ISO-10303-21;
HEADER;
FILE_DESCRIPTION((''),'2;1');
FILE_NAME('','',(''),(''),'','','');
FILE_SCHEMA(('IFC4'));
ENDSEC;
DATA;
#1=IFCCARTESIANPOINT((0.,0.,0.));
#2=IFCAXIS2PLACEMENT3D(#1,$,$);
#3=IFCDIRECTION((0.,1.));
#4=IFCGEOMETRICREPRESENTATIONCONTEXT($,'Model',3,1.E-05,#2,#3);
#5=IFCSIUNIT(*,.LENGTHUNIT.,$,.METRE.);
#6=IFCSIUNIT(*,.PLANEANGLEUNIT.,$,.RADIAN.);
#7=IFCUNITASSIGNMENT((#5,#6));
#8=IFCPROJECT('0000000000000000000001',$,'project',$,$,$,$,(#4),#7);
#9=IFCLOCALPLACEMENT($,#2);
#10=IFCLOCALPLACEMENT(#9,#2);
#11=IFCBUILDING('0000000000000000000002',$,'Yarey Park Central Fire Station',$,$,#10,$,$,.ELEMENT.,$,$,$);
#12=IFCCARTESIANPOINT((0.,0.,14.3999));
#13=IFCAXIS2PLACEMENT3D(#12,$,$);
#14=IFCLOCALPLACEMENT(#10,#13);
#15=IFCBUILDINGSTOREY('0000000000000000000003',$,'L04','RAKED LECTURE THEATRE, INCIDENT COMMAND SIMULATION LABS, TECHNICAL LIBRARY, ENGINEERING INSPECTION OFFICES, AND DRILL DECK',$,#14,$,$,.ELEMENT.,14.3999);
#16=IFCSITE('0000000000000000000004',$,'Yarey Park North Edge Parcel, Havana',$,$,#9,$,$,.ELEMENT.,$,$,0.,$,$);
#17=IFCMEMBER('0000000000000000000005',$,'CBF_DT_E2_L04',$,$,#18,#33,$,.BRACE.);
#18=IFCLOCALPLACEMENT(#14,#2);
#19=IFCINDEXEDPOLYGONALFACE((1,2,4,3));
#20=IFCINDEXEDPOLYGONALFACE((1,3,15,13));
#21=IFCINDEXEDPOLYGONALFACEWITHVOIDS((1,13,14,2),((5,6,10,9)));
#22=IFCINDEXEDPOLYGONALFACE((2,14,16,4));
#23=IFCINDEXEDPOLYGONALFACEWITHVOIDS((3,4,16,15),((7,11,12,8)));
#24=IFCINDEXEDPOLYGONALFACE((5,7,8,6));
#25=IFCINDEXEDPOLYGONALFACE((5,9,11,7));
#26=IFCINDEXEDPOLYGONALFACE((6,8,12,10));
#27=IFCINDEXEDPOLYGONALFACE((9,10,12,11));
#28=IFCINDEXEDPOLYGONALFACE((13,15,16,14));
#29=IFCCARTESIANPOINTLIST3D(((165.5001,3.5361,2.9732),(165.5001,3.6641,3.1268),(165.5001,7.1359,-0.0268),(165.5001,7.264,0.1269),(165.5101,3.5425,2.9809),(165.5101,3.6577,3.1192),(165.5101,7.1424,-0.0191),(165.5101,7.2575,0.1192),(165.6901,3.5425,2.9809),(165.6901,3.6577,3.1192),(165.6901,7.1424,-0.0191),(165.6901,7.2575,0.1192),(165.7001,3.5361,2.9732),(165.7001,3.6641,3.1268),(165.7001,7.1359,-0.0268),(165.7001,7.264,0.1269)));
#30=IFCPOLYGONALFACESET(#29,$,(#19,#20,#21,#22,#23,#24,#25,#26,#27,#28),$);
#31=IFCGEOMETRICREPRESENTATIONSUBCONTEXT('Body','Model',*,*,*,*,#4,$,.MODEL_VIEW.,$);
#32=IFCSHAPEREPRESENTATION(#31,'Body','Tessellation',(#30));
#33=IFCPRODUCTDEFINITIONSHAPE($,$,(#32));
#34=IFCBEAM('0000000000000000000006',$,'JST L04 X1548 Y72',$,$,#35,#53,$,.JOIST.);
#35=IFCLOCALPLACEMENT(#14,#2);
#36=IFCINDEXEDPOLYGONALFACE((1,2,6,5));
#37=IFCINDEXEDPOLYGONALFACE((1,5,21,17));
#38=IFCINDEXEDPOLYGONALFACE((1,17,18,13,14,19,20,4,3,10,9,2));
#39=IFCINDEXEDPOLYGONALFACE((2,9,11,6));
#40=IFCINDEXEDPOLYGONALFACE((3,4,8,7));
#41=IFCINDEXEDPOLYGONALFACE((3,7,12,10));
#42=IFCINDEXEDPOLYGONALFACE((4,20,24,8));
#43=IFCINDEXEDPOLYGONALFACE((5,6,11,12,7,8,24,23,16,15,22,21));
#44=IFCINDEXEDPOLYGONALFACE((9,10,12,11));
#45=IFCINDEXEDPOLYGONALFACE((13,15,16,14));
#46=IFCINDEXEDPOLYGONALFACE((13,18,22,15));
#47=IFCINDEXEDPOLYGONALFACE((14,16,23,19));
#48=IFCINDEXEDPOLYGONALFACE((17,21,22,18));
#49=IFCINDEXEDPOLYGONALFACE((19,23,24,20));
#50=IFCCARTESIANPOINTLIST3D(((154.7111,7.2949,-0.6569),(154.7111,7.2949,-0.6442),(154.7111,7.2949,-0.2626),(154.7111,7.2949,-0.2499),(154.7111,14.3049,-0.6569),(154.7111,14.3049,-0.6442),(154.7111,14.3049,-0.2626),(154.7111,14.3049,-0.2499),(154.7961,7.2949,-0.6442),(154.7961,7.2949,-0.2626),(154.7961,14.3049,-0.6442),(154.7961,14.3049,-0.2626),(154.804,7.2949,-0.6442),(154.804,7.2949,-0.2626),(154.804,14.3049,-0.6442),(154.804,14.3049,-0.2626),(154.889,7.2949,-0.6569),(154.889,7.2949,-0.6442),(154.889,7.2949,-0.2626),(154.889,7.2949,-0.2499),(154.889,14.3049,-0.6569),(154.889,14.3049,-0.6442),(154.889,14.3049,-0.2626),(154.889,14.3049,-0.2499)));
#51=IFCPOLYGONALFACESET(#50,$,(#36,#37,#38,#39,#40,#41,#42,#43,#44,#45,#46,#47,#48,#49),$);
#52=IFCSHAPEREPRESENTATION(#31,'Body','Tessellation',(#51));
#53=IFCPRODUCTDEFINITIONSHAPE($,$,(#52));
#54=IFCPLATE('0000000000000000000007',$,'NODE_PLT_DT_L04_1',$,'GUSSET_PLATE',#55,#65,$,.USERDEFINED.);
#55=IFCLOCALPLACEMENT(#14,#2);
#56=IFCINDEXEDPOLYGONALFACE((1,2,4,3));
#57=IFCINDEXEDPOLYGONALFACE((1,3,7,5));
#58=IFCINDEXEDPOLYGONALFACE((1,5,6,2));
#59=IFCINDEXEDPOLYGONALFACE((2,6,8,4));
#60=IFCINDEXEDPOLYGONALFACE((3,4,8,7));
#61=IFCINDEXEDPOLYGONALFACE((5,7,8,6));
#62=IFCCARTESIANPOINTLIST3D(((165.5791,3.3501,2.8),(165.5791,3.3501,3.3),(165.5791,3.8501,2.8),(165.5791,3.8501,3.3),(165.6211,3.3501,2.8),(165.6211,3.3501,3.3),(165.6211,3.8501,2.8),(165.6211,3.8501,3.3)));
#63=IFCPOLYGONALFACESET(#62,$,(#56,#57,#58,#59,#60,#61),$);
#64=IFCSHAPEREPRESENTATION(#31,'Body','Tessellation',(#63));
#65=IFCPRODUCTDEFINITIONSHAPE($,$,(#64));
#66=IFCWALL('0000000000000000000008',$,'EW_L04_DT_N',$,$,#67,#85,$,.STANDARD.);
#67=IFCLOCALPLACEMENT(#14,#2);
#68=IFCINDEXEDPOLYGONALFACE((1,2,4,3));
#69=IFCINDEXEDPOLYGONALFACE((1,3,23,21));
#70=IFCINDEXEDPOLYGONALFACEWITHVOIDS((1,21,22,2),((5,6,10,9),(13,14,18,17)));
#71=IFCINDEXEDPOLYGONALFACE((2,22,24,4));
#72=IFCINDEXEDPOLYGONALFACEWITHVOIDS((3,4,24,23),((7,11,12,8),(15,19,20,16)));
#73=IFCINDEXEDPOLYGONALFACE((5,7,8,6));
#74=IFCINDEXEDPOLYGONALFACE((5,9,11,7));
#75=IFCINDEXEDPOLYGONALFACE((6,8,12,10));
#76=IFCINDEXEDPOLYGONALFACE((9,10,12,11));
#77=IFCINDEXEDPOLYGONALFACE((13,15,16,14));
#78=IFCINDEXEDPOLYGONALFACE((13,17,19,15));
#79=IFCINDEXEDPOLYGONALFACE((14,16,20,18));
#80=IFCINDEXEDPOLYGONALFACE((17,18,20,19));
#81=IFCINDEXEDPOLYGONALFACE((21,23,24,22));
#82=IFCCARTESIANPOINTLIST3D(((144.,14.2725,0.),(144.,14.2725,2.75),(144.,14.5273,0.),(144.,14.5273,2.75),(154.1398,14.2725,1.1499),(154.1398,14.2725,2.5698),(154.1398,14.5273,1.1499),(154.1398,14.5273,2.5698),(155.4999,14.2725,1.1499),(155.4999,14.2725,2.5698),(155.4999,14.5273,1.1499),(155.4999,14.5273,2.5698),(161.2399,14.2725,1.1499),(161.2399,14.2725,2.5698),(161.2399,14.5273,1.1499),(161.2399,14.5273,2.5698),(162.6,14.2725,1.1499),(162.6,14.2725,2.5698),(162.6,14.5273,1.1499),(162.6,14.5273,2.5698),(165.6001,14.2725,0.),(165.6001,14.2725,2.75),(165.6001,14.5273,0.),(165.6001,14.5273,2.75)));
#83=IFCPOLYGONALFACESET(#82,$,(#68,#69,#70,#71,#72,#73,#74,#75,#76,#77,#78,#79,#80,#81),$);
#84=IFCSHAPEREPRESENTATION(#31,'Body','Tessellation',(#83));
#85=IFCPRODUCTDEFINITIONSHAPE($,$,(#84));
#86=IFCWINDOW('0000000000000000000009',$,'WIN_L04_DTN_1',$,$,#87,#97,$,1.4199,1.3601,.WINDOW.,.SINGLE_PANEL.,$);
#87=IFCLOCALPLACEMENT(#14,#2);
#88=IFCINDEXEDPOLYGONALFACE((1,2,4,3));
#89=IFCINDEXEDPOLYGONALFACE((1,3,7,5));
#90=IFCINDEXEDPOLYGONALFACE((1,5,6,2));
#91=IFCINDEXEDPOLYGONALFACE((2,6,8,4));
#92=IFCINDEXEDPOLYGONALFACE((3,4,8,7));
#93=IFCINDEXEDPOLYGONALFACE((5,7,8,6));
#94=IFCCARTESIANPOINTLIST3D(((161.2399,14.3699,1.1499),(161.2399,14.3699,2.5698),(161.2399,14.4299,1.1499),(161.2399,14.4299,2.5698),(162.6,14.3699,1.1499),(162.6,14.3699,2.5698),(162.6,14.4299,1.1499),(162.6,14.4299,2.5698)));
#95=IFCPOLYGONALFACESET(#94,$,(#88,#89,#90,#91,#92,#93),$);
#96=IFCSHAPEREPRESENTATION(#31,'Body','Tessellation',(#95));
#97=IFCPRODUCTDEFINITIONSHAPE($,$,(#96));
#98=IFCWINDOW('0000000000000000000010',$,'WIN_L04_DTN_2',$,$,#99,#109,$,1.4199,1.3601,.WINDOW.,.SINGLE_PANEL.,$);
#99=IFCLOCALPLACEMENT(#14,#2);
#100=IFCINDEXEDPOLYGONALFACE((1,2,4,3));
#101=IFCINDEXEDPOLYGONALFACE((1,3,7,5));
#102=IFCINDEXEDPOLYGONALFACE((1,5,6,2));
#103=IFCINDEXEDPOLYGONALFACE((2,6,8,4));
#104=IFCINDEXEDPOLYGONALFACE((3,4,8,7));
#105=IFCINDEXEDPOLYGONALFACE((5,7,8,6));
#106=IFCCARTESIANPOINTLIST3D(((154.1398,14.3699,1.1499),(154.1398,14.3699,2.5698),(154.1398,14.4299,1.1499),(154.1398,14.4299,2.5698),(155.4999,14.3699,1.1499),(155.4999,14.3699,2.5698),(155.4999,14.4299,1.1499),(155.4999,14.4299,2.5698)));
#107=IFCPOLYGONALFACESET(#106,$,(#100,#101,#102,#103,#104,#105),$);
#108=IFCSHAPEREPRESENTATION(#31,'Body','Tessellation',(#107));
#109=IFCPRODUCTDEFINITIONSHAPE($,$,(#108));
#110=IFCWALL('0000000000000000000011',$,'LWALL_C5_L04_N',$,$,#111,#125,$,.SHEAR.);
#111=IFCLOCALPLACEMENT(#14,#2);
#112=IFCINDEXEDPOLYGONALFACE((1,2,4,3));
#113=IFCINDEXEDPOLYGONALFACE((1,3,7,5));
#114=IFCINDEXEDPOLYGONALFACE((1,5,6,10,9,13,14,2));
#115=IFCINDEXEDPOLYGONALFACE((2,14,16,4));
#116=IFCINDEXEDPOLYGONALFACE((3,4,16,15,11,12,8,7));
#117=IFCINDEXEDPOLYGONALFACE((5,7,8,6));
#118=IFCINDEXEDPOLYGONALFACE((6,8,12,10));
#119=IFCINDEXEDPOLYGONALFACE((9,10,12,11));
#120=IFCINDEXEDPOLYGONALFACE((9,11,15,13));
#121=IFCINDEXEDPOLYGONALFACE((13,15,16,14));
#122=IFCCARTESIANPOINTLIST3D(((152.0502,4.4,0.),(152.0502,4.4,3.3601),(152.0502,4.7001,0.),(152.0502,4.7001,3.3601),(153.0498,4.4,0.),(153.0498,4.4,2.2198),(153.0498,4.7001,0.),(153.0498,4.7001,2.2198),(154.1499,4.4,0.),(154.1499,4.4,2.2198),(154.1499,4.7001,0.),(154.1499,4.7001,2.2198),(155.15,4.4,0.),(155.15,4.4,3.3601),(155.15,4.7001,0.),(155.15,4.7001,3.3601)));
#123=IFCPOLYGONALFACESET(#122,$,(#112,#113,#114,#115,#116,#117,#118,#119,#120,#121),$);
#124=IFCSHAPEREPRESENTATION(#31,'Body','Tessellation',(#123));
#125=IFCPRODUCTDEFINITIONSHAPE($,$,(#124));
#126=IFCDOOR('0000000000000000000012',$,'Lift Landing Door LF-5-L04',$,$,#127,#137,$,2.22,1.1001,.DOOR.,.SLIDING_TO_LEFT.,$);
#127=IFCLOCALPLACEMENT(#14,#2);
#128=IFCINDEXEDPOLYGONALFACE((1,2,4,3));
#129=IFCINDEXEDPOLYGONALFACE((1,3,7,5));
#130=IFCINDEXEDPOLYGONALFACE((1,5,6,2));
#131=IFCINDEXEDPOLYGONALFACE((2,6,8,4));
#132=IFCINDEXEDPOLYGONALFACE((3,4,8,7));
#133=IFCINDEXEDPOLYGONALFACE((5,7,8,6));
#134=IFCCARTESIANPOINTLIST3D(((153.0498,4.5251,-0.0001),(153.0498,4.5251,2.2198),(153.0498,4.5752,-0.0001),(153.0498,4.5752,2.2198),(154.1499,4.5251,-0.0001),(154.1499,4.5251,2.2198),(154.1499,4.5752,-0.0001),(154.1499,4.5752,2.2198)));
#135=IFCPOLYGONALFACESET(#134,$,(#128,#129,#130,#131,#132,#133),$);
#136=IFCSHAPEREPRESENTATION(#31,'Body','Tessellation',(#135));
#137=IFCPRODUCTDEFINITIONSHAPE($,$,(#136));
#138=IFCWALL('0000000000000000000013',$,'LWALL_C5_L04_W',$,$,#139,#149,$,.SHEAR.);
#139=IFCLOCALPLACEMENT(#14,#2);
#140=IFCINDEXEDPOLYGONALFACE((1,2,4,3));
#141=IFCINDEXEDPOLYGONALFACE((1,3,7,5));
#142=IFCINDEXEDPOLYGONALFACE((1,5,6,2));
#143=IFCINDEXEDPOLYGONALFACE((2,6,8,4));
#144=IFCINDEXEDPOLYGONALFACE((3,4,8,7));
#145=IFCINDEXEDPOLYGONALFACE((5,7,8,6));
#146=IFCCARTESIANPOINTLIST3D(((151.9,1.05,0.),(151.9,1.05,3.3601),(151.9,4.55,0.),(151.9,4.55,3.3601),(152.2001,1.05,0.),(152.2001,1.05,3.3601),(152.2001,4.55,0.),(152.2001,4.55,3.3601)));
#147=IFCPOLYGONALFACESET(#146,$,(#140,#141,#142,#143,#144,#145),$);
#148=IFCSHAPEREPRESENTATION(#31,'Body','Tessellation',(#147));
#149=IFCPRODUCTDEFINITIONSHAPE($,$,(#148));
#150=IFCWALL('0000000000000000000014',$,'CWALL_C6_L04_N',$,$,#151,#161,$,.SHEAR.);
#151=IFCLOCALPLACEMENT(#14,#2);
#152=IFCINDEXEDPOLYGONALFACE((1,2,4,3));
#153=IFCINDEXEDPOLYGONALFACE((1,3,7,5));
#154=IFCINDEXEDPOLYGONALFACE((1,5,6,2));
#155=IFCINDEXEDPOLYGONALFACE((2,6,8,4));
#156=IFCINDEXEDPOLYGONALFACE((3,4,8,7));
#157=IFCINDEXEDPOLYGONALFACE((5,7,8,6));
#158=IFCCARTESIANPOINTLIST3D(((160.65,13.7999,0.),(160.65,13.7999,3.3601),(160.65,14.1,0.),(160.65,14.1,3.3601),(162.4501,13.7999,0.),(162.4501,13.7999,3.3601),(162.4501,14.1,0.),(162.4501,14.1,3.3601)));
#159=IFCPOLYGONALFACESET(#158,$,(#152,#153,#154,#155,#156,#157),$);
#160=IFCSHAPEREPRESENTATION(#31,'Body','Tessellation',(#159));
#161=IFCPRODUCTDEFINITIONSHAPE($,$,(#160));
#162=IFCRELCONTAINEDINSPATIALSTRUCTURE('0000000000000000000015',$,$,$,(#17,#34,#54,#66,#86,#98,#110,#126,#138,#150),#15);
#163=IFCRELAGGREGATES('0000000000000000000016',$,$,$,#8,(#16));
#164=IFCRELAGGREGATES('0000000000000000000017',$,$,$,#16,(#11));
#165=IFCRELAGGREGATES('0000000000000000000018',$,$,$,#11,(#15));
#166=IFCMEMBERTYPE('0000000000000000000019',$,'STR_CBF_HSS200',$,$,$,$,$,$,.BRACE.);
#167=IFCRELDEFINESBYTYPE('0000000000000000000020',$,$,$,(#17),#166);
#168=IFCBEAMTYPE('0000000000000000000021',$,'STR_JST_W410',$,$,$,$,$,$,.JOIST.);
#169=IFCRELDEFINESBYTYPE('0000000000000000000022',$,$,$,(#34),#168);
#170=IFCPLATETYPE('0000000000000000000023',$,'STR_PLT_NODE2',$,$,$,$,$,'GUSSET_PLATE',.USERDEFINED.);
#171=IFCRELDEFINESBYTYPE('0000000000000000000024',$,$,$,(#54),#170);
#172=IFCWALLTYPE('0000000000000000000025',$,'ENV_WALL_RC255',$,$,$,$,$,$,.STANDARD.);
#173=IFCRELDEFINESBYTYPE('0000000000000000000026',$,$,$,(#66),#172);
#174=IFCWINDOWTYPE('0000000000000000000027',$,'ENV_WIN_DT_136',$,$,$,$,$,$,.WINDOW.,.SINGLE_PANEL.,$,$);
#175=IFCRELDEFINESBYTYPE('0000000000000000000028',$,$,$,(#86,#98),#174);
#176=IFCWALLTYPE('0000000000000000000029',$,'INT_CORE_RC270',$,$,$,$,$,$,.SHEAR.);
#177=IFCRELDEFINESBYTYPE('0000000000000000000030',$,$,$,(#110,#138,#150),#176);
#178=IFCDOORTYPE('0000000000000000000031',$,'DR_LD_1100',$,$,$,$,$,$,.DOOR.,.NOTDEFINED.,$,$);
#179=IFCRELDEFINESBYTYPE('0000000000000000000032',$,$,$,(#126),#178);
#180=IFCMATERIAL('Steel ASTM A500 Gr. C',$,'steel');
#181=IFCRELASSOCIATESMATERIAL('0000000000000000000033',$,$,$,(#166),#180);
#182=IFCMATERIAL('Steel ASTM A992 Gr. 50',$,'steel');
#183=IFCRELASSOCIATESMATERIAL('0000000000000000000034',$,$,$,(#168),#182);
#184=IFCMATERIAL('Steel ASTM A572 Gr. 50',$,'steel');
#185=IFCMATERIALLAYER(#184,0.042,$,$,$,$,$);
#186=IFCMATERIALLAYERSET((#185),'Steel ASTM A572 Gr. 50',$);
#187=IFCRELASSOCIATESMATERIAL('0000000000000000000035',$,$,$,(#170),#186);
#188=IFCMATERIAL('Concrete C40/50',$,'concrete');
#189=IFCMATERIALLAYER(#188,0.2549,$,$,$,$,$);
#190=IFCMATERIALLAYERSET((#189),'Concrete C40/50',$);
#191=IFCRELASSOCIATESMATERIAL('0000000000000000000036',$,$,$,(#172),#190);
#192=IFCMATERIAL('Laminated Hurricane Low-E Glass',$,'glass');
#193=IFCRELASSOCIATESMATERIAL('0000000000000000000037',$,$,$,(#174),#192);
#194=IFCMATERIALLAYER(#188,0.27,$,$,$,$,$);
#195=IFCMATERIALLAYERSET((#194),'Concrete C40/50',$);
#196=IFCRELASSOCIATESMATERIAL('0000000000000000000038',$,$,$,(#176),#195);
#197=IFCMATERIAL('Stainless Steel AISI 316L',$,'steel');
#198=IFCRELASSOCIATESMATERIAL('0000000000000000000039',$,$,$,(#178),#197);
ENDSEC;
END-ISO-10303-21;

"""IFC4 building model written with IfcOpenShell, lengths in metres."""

from ifc_helpers import new_model, si_unit, direction, frame, frame_2d, origin, origin_2d, place, context, subcontext, project, spatial, rectangle, hollow_rectangle, i_section, extrude, material, layer, layer_set, material_profile, profile_set, type_object, element, fill, save


model = new_model("IFC4")

# Units and contexts
model_context = context("Model", 3, precision=1e-05, world=origin(), true_north=direction((0.0, 1.0)))
body_context = subcontext(model_context, "Body", "Model", "MODEL_VIEW")
ifc_project = project(units=[si_unit("LENGTHUNIT", "METRE"), si_unit("PLANEANGLEUNIT", "RADIAN")], contexts=[model_context])

# Site, building, storey
site_placement = place(None, origin())
site = spatial("IfcSite", under=ifc_project, at=site_placement, Name="Yarey Park North Edge Parcel, Havana", CompositionType="ELEMENT", RefElevation=0.0)
building_placement = place(site_placement, origin())
building = spatial("IfcBuilding", under=site, at=building_placement, Name="Yarey Park Central Fire Station", CompositionType="ELEMENT")
storey_placement = place(building_placement, frame((0.0, 0.0, 14.3999)))
storey = spatial("IfcBuildingStorey", under=building, at=storey_placement, Name="L04", Description="RAKED LECTURE THEATRE, INCIDENT COMMAND SIMULATION LABS, TECHNICAL LIBRARY, ENGINEERING INSPECTION OFFICES, AND DRILL DECK", CompositionType="ELEMENT", Elevation=14.3999)

# Shared definitions
ifc_material_1 = material(Name="Steel ASTM A992 Gr. 50", Category="steel")

# Member
ifc_material_2 = material(Name="Steel ASTM A500 Gr. C", Category="steel")
ifc_material_profile_1 = material_profile(ifc_material_2, hollow_rectangle(XDim=0.2, YDim=0.2, WallThickness=0.01, at=origin_2d()), Name="HSS 200x200x10")
ifc_profile_set_1 = profile_set([ifc_material_profile_1], Name="Steel ASTM A500 Gr. C")
member_type = type_object("IfcMemberType", Name="STR_CBF_HSS200", PredefinedType="BRACE", material=ifc_profile_set_1)
member_placement = place(storey_placement, frame((165.6001, 7.2, 0.05), z_axis=(0.0, -0.768208, 0.6402), x_axis=(1.0, 0.0, 0.0)))
element("IfcMember", 1, at=member_placement, inside=storey, type_object=member_type, Name="CBF_DT_E2_L04", PredefinedType="BRACE", context=body_context, shape_type="SweptSolid", body=[
    extrude(hollow_rectangle(XDim=0.2, YDim=0.2, WallThickness=0.01, at=origin_2d()), origin(), (0.0, 0.0, 1.0), 4.686),
])

# Beam
ifc_material_profile_2 = material_profile(ifc_material_1, i_section(OverallWidth=0.178, OverallDepth=0.407, WebThickness=0.0078, FlangeThickness=0.0127, at=origin_2d()), Name="W410x60")
ifc_profile_set_2 = profile_set([ifc_material_profile_2], Name="Steel ASTM A992 Gr. 50")
beam_type_1 = type_object("IfcBeamType", Name="STR_JST_W410", PredefinedType="JOIST", material=ifc_profile_set_2)
beam_1_placement = place(storey_placement, frame((154.8, 7.2949, -0.4534), z_axis=(0.0, 1.0, 0.0), x_axis=(-1.0, 0.0, 0.0)))
element("IfcBeam", 2, at=beam_1_placement, inside=storey, type_object=beam_type_1, Name="JST L04 X1548 Y72", PredefinedType="JOIST", context=body_context, shape_type="SweptSolid", body=[
    extrude(i_section(OverallWidth=0.178, OverallDepth=0.407, WebThickness=0.0078, FlangeThickness=0.0127, at=origin_2d()), origin(), (0.0, 0.0, 1.0), 7.01),
])

# Plate
ifc_material_3 = material(Name="Steel ASTM A572 Gr. 50", Category="steel")
ifc_layer_1 = layer(ifc_material_3, 0.042)
ifc_layer_set_1 = layer_set([ifc_layer_1], Name="Steel ASTM A572 Gr. 50")
plate_type = type_object("IfcPlateType", Name="STR_PLT_NODE2", ElementType="GUSSET_PLATE", PredefinedType="USERDEFINED", material=ifc_layer_set_1)
plate_placement = place(storey_placement, frame((165.6001, 3.6001, 2.8), z_axis=(0.0, 0.0, 1.0), x_axis=(1.0, 0.0, 0.0)))
element("IfcPlate", 3, at=plate_placement, inside=storey, type_object=plate_type, Name="NODE_PLT_DT_L04_1", ObjectType="GUSSET_PLATE", PredefinedType="USERDEFINED", context=body_context, shape_type="SweptSolid", body=[
    extrude(rectangle(XDim=0.042, YDim=0.5, at=origin_2d()), origin(), (0.0, 0.0, 1.0), 0.5),
])

# Wall, openings, windows
ifc_material_4 = material(Name="Concrete C40/50", Category="concrete")
ifc_layer_2 = layer(ifc_material_4, 0.2549)
ifc_layer_set_2 = layer_set([ifc_layer_2], Name="Concrete C40/50")
wall_type_1 = type_object("IfcWallType", Name="ENV_WALL_RC255", PredefinedType="STANDARD", material=ifc_layer_set_2)
wall_1_placement = place(storey_placement, frame((165.6001, 14.3999, 0.0), z_axis=(0.0, 0.0, 1.0), x_axis=(-1.0, 0.0, 0.0)))
wall_1 = element("IfcWall", 4, at=wall_1_placement, inside=storey, type_object=wall_type_1, Name="EW_L04_DT_N", PredefinedType="STANDARD", context=body_context, shape_type="SweptSolid", body=[
    extrude(rectangle(XDim=21.6001, YDim=0.2549, at=frame_2d((10.8, 0.0))), origin(), (0.0, 0.0, 1.0), 2.75),
])
opening_1_placement = place(wall_1_placement, frame((3.0, 0.0, 1.1499)))
opening_1 = element("IfcOpeningElement", 5, at=opening_1_placement, cuts=wall_1, PredefinedType="OPENING", context=body_context, shape_type="SweptSolid", body=[
    extrude(rectangle(XDim=1.3601, YDim=1.4199, at=frame_2d((0.6802, 0.71))), frame((0.0, 0.1375, 0.0), z_axis=(0.0, -1.0, 0.0), x_axis=(1.0, 0.0, 0.0)), (0.0, 0.0, 1.0), 0.2749),
])
opening_2_placement = place(wall_1_placement, frame((10.1001, 0.0, 1.1499)))
opening_2 = element("IfcOpeningElement", 6, at=opening_2_placement, cuts=wall_1, PredefinedType="OPENING", context=body_context, shape_type="SweptSolid", body=[
    extrude(rectangle(XDim=1.3601, YDim=1.4199, at=frame_2d((0.6802, 0.71))), frame((0.0, 0.1375, 0.0), z_axis=(0.0, -1.0, 0.0), x_axis=(1.0, 0.0, 0.0)), (0.0, 0.0, 1.0), 0.2749),
])
ifc_material_5 = material(Name="Laminated Hurricane Low-E Glass", Category="glass")
window_type = type_object("IfcWindowType", Name="ENV_WIN_DT_136", PartitioningType="SINGLE_PANEL", PredefinedType="WINDOW", material=ifc_material_5)
window_1_placement = place(opening_1_placement, origin())
window_1 = element("IfcWindow", 7, at=window_1_placement, inside=storey, type_object=window_type, Name="WIN_L04_DTN_1", OverallHeight=1.4199, OverallWidth=1.3601, PartitioningType="SINGLE_PANEL", PredefinedType="WINDOW", context=body_context, shape_type="SweptSolid", body=[
    extrude(rectangle(XDim=1.3601, YDim=1.4199, at=frame_2d((0.6802, 0.71))), frame((0.0, 0.03, 0.0), z_axis=(0.0, -1.0, 0.0), x_axis=(1.0, 0.0, 0.0)), (0.0, 0.0, 1.0), 0.0601),
])
fill(opening_1, window_1)
window_2_placement = place(opening_2_placement, origin())
window_2 = element("IfcWindow", 8, at=window_2_placement, inside=storey, type_object=window_type, Name="WIN_L04_DTN_2", OverallHeight=1.4199, OverallWidth=1.3601, PartitioningType="SINGLE_PANEL", PredefinedType="WINDOW", context=body_context, shape_type="SweptSolid", body=[
    extrude(rectangle(XDim=1.3601, YDim=1.4199, at=frame_2d((0.6802, 0.71))), frame((0.0, 0.03, 0.0), z_axis=(0.0, -1.0, 0.0), x_axis=(1.0, 0.0, 0.0)), (0.0, 0.0, 1.0), 0.0601),
])
fill(opening_2, window_2)

# Wall, opening, door
ifc_layer_3 = layer(ifc_material_4, 0.27)
ifc_layer_set_3 = layer_set([ifc_layer_3], Name="Concrete C40/50")
wall_type_2 = type_object("IfcWallType", Name="INT_CORE_RC270", PredefinedType="SHEAR", material=ifc_layer_set_3)
wall_2_placement = place(storey_placement, frame((155.1499, 4.55, 0.0), z_axis=(0.0, 0.0, 1.0), x_axis=(-1.0, 0.0, 0.0)))
wall_2 = element("IfcWall", 9, at=wall_2_placement, inside=storey, type_object=wall_type_2, Name="LWALL_C5_L04_N", PredefinedType="SHEAR", context=body_context, shape_type="SweptSolid", body=[
    extrude(rectangle(XDim=3.0999, YDim=0.3, at=frame_2d((1.5498, 0.0))), origin(), (0.0, 0.0, 1.0), 3.3601),
])
opening_3_placement = place(wall_2_placement, frame((1.0, 0.0, 0.0)))
opening_3 = element("IfcOpeningElement", 10, at=opening_3_placement, cuts=wall_2, PredefinedType="OPENING", context=body_context, shape_type="SweptSolid", body=[
    extrude(rectangle(XDim=1.1001, YDim=2.22, at=frame_2d((0.55, 1.1099))), frame((0.0, 0.1599, 0.0), z_axis=(0.0, -1.0, 0.0), x_axis=(1.0, 0.0, 0.0)), (0.0, 0.0, 1.0), 0.3201),
])
ifc_material_6 = material(Name="Stainless Steel AISI 316L", Category="steel")
door_type_1 = type_object("IfcDoorType", Name="DR_LD_1100", OperationType="NOTDEFINED", PredefinedType="DOOR", material=ifc_material_6)
door_1_placement = place(opening_3_placement, origin())
door_1 = element("IfcDoor", 11, at=door_1_placement, inside=storey, type_object=door_type_1, Name="Lift Landing Door LF-5-L04", OperationType="SLIDING_TO_LEFT", OverallHeight=2.22, OverallWidth=1.1001, PredefinedType="DOOR", context=body_context, shape_type="SweptSolid", body=[
    extrude(rectangle(XDim=1.1001, YDim=2.22, at=frame_2d((0.55, 1.1099))), frame((0.0, 0.0249, 0.0), z_axis=(0.0, -1.0, 0.0), x_axis=(1.0, 0.0, 0.0)), (0.0, 0.0, 1.0), 0.05),
])
fill(opening_3, door_1)

# Walls
wall_3_placement = place(storey_placement, frame((152.05, 4.55, 0.0), z_axis=(0.0, 0.0, 1.0), x_axis=(0.0, -1.0, 0.0)))
element("IfcWall", 12, at=wall_3_placement, inside=storey, type_object=wall_type_2, Name="LWALL_C5_L04_W", PredefinedType="SHEAR", context=body_context, shape_type="SweptSolid", body=[
    extrude(rectangle(XDim=3.5, YDim=0.3, at=frame_2d((1.75, 0.0))), origin(), (0.0, 0.0, 1.0), 3.3601),
])
wall_4_placement = place(storey_placement, frame((162.45, 13.95, 0.0), z_axis=(0.0, 0.0, 1.0), x_axis=(-1.0, 0.0, 0.0)))
element("IfcWall", 13, at=wall_4_placement, inside=storey, type_object=wall_type_2, Name="CWALL_C6_L04_N", PredefinedType="SHEAR", context=body_context, shape_type="SweptSolid", body=[
    extrude(rectangle(XDim=1.8, YDim=0.3, at=frame_2d((0.8999, 0.0))), origin(), (0.0, 0.0, 1.0), 3.3601),
])

save(model, "model.ifc")
